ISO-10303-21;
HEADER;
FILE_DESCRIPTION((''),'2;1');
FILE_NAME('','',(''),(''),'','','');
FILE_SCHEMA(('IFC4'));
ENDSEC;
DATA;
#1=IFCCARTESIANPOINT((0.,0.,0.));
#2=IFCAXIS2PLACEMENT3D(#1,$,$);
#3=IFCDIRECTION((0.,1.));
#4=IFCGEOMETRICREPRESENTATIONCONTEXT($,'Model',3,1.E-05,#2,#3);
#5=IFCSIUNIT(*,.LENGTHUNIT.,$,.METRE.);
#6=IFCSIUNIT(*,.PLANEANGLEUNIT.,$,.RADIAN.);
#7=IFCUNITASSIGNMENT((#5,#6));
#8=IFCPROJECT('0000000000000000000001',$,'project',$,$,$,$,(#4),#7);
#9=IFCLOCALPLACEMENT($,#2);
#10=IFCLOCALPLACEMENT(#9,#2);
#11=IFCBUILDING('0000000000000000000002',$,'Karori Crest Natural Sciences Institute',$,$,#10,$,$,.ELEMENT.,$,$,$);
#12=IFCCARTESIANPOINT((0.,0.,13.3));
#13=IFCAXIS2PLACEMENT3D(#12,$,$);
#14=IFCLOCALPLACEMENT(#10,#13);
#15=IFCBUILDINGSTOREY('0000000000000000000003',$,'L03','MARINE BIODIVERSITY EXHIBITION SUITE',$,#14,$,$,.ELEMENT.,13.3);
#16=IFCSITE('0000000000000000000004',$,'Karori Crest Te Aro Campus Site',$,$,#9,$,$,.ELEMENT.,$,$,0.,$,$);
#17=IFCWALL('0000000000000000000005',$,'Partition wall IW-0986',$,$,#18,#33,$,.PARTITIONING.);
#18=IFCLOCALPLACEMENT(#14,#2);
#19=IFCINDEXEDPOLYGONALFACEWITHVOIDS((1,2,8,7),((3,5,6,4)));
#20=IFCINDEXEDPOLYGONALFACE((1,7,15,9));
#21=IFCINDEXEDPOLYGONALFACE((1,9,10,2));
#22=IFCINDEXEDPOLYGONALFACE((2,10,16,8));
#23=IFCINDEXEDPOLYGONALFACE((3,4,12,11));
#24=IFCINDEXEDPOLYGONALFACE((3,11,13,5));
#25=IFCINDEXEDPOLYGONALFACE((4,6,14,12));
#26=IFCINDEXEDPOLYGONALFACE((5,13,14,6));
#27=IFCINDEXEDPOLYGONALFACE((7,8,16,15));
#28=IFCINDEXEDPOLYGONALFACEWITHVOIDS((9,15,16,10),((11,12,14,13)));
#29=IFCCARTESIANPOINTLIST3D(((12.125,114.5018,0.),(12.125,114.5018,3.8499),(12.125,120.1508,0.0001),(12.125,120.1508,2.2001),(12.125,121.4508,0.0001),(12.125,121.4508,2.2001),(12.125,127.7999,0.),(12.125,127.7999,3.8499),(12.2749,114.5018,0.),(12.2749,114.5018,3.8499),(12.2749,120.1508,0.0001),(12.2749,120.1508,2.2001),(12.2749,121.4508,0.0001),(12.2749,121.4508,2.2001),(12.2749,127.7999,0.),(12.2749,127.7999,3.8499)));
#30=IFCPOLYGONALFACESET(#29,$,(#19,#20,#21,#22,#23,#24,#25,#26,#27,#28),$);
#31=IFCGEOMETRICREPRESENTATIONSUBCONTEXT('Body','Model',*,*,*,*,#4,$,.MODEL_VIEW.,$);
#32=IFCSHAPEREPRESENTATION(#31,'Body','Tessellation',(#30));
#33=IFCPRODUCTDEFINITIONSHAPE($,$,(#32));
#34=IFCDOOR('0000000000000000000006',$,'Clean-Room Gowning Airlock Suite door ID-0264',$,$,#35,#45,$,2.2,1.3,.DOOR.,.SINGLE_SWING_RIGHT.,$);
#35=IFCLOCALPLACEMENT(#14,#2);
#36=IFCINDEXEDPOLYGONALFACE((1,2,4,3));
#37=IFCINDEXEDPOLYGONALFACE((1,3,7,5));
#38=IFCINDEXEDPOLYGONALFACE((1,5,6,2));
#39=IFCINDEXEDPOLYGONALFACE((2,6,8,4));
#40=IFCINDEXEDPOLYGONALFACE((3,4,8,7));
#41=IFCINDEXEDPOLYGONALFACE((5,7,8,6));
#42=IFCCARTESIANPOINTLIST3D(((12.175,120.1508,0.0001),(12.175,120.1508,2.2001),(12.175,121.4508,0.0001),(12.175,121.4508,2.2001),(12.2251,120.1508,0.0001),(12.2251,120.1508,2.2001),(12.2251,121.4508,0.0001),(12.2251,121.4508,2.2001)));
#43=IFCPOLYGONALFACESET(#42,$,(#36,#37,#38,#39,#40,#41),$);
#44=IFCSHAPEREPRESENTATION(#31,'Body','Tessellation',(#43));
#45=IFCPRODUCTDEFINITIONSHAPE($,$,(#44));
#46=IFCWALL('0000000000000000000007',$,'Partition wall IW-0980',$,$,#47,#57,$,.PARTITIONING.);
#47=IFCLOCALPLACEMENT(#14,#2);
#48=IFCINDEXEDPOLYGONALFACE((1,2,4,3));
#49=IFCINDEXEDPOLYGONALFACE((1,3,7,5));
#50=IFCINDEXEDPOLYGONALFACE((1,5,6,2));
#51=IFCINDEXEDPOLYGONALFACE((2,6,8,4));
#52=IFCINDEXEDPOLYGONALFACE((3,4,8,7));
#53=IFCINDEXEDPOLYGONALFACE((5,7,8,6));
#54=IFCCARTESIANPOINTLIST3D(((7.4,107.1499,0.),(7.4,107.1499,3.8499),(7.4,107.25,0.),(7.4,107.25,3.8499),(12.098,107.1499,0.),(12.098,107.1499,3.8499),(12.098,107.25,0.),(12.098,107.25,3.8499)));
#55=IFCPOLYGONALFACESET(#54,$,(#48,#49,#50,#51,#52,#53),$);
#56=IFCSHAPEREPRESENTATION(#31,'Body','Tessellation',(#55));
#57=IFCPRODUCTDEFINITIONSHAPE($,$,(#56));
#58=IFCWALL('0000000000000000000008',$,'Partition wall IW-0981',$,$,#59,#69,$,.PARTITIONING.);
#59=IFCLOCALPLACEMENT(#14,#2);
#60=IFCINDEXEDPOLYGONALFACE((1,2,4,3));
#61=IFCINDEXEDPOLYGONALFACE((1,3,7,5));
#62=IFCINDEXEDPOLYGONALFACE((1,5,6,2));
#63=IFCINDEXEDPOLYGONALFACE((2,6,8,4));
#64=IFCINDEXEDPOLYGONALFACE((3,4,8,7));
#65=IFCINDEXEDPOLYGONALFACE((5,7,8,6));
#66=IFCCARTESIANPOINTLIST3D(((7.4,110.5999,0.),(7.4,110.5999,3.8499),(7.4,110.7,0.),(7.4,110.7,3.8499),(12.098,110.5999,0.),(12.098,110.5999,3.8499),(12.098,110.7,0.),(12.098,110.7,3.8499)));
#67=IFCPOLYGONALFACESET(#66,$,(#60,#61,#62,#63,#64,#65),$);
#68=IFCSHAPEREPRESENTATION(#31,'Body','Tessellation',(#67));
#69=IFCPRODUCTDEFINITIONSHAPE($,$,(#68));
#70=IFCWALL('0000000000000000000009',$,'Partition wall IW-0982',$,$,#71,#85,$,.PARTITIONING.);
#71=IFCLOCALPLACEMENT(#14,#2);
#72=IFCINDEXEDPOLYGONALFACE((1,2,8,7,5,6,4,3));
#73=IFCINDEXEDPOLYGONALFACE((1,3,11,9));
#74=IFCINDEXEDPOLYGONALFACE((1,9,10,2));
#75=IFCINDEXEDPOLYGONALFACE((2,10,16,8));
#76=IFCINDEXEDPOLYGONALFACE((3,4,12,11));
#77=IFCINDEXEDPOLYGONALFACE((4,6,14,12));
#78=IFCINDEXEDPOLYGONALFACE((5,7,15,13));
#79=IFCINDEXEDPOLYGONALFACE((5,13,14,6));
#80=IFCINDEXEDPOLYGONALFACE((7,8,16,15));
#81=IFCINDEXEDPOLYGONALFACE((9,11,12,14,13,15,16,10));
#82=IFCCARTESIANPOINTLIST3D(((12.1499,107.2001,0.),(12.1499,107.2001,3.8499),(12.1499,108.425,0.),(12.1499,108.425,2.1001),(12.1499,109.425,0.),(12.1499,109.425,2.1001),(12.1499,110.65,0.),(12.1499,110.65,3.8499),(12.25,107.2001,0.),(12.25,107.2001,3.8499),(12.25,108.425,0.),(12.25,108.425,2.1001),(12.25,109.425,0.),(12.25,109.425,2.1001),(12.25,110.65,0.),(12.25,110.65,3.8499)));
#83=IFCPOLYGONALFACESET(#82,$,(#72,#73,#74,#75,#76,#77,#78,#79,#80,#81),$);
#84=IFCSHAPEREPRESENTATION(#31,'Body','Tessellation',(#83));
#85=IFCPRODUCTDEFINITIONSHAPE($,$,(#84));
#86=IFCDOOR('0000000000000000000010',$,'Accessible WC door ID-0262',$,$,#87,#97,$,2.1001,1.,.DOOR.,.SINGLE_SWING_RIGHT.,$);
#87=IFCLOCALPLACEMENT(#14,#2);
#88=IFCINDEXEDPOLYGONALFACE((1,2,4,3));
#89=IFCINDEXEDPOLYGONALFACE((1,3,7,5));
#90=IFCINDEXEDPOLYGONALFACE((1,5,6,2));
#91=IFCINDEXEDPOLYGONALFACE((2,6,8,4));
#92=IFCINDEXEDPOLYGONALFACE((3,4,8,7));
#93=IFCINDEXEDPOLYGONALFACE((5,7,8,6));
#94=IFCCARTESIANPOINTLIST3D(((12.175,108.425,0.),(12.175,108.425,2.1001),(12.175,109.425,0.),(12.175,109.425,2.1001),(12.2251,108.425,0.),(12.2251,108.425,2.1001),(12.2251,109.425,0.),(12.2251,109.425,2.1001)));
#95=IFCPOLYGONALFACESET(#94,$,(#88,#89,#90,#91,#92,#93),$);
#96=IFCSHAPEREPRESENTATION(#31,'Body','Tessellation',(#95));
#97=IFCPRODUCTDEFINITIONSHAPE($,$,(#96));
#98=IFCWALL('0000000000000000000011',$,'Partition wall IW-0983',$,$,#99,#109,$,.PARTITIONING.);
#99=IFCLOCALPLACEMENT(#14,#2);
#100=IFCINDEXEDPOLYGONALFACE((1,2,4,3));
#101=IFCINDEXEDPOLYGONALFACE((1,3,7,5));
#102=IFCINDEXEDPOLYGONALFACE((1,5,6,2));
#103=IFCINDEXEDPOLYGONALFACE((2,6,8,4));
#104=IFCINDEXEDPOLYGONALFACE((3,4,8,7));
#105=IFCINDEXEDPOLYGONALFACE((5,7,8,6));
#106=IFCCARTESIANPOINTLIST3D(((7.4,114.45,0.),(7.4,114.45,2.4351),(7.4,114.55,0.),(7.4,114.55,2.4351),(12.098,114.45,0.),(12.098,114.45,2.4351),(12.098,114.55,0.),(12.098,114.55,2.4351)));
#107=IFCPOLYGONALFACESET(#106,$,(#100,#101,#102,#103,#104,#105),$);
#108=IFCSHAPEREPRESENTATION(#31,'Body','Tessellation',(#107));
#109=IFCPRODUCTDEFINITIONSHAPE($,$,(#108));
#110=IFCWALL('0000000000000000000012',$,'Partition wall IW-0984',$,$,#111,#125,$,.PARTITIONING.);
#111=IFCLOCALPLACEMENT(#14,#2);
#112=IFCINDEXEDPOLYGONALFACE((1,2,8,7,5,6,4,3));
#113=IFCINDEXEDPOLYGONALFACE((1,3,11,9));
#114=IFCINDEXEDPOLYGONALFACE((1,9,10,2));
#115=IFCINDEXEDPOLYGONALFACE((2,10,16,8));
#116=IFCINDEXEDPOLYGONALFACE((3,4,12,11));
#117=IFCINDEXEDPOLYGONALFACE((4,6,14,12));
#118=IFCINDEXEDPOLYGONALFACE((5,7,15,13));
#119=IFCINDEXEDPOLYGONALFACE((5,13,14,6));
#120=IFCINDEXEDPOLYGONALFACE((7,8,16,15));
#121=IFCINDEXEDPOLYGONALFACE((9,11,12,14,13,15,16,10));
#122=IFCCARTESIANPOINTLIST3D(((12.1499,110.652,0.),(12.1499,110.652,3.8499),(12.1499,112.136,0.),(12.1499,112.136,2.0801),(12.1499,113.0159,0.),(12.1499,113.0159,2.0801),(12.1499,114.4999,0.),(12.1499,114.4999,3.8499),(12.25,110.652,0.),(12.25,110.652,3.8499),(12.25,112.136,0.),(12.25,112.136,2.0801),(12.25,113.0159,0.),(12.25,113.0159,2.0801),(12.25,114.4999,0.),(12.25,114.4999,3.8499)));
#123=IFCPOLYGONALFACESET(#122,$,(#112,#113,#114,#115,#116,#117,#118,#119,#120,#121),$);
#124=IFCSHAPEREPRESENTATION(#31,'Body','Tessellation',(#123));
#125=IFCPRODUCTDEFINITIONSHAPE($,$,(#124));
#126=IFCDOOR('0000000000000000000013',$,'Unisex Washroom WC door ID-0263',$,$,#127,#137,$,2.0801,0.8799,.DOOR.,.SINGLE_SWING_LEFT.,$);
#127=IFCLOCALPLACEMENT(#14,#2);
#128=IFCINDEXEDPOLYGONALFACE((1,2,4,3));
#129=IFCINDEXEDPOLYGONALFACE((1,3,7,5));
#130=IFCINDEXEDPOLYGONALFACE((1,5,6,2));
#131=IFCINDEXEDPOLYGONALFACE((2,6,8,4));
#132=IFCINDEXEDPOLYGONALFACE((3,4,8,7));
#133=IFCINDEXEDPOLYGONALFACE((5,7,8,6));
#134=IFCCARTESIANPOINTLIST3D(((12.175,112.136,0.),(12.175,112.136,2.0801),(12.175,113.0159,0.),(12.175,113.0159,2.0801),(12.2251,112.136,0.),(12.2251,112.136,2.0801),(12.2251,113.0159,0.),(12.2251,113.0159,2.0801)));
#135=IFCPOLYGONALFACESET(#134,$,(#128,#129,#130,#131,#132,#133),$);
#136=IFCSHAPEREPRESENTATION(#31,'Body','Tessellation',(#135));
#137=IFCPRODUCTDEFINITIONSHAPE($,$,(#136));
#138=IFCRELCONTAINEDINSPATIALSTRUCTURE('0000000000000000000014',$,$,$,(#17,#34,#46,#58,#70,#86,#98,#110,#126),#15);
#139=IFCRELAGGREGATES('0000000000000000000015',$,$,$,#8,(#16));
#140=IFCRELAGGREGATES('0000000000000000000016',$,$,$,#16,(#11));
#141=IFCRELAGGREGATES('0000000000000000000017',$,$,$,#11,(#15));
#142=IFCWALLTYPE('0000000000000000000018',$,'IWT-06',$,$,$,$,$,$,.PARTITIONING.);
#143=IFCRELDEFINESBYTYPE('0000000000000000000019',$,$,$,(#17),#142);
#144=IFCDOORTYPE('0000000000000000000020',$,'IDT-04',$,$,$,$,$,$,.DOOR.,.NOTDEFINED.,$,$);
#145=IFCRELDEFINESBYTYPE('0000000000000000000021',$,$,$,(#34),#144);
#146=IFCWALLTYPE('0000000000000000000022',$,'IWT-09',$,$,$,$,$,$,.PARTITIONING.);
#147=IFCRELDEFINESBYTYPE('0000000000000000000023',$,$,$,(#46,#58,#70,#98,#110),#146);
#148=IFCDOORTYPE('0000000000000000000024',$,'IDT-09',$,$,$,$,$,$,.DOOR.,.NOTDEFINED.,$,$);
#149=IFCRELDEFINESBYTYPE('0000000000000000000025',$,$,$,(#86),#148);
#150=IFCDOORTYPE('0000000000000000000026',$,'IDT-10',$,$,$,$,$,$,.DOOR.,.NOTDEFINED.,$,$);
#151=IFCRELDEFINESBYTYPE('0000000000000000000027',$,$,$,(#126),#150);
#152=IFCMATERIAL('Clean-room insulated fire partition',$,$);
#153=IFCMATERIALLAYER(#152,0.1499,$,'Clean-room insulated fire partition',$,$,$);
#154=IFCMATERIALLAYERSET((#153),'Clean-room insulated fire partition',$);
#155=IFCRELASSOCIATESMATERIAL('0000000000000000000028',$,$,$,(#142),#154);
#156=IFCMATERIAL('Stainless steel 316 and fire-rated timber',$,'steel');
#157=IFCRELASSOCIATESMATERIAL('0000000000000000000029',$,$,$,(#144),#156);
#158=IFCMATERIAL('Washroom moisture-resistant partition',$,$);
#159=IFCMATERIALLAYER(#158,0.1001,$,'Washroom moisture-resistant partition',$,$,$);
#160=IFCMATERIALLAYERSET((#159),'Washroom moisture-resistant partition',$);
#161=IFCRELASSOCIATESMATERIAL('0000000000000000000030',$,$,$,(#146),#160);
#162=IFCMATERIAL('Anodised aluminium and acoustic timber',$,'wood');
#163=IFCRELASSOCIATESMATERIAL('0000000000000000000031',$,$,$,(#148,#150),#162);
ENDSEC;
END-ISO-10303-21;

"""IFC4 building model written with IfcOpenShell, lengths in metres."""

from ifc_helpers import new_model, si_unit, direction, frame, frame_2d, origin, place, context, subcontext, project, spatial, rectangle, extrude, material, layer, layer_set, type_object, element, fill, save


model = new_model("IFC4")

# Units and contexts
model_context = context("Model", 3, precision=1e-05, world=origin(), true_north=direction((0.0, 1.0)))
body_context = subcontext(model_context, "Body", "Model", "MODEL_VIEW")
ifc_project = project(units=[si_unit("LENGTHUNIT", "METRE"), si_unit("PLANEANGLEUNIT", "RADIAN")], contexts=[model_context])

# Site, building, storey
site_placement = place(None, origin())
site = spatial("IfcSite", under=ifc_project, at=site_placement, Name="Karori Crest Te Aro Campus Site", CompositionType="ELEMENT", RefElevation=0.0)
building_placement = place(site_placement, origin())
building = spatial("IfcBuilding", under=site, at=building_placement, Name="Karori Crest Natural Sciences Institute", CompositionType="ELEMENT")
storey_placement = place(building_placement, frame((0.0, 0.0, 13.3)))
storey = spatial("IfcBuildingStorey", under=building, at=storey_placement, Name="L03", Description="MARINE BIODIVERSITY EXHIBITION SUITE", CompositionType="ELEMENT", Elevation=13.3)

# Wall, opening, door
ifc_material_1 = material(Name="Stainless steel 316 and fire-rated timber", Category="steel")
ifc_material_2 = material(Name="Clean-room insulated fire partition")
ifc_layer_1 = layer(ifc_material_2, 0.1499, Name="Clean-room insulated fire partition")
ifc_layer_set_1 = layer_set([ifc_layer_1], Name="Clean-room insulated fire partition")
wall_type_1 = type_object("IfcWallType", Name="IWT-06", PredefinedType="PARTITIONING", material=ifc_layer_set_1)
wall_1_placement = place(storey_placement, frame((12.2, 114.502, 0.0), z_axis=(0.0, 0.0, 1.0), x_axis=(0.0, 1.0, 0.0)))
wall_1 = element("IfcWall", 1, at=wall_1_placement, inside=storey, type_object=wall_type_1, Name="Partition wall IW-0986", PredefinedType="PARTITIONING", context=body_context, shape_type="SweptSolid", body=[
    extrude(rectangle(XDim=13.2981, YDim=0.1499, at=frame_2d((6.6489, 0.0))), origin(), (0.0, 0.0, 1.0), 3.8499),
])
opening_1_placement = place(wall_1_placement, frame((5.6489, 0.0, 0.0)))
opening_1 = element("IfcOpeningElement", 2, at=opening_1_placement, cuts=wall_1, PredefinedType="OPENING", context=body_context, shape_type="SweptSolid", body=[
    extrude(rectangle(XDim=1.3, YDim=2.2, at=frame_2d((0.6499, 1.1001))), frame((0.0, 0.085, 0.0), z_axis=(0.0, -1.0, 0.0), x_axis=(1.0, 0.0, 0.0)), (0.0, 0.0, 1.0), 0.1699),
])
door_type_1 = type_object("IfcDoorType", Name="IDT-04", OperationType="NOTDEFINED", PredefinedType="DOOR", material=ifc_material_1)
door_1_placement = place(opening_1_placement, origin())
door_1 = element("IfcDoor", 3, at=door_1_placement, inside=storey, type_object=door_type_1, Name="Clean-Room Gowning Airlock Suite door ID-0264", OperationType="SINGLE_SWING_RIGHT", OverallHeight=2.2, OverallWidth=1.3, PredefinedType="DOOR", context=body_context, shape_type="SweptSolid", body=[
    extrude(rectangle(XDim=1.3, YDim=2.2, at=frame_2d((0.6499, 1.1001))), frame((0.0, 0.0249, 0.0), z_axis=(0.0, -1.0, 0.0), x_axis=(1.0, 0.0, 0.0)), (0.0, 0.0, 1.0), 0.05),
])
fill(opening_1, door_1)

# Walls
ifc_material_3 = material(Name="Washroom moisture-resistant partition")
ifc_layer_2 = layer(ifc_material_3, 0.1001, Name="Washroom moisture-resistant partition")
ifc_layer_set_2 = layer_set([ifc_layer_2], Name="Washroom moisture-resistant partition")
wall_type_2 = type_object("IfcWallType", Name="IWT-09", PredefinedType="PARTITIONING", material=ifc_layer_set_2)
for number, where, z_axis, x_axis, name in (
    (4, (7.3999, 107.2, 0.0), (0.0, 0.0, 1.0), (1.0, 0.0, 0.0), "Partition wall IW-0980"),
    (5, (7.3999, 110.6499, 0.0), (0.0, 0.0, 1.0), (1.0, 0.0, 0.0), "Partition wall IW-0981"),
):
    element("IfcWall", number, at=place(storey_placement, frame(where, z_axis=z_axis, x_axis=x_axis)), inside=storey, type_object=wall_type_2, Name=name, PredefinedType="PARTITIONING", context=body_context, shape_type="SweptSolid", body=[
        extrude(rectangle(XDim=4.698, YDim=0.1001, at=frame_2d((2.3491, 0.0))), origin(), (0.0, 0.0, 1.0), 3.8499),
    ])

# Wall, opening, door
wall_2_placement = place(storey_placement, frame((12.2, 107.2, 0.0), z_axis=(0.0, 0.0, 1.0), x_axis=(0.0, 1.0, 0.0)))
wall_2 = element("IfcWall", 6, at=wall_2_placement, inside=storey, type_object=wall_type_2, Name="Partition wall IW-0982", PredefinedType="PARTITIONING", context=body_context, shape_type="SweptSolid", body=[
    extrude(rectangle(XDim=3.45, YDim=0.1001, at=frame_2d((1.7251, 0.0))), origin(), (0.0, 0.0, 1.0), 3.8499),
])
opening_2_placement = place(wall_2_placement, frame((1.2251, 0.0, 0.0)))
opening_2 = element("IfcOpeningElement", 7, at=opening_2_placement, cuts=wall_2, PredefinedType="OPENING", context=body_context, shape_type="SweptSolid", body=[
    extrude(rectangle(XDim=1.0, YDim=2.1001, at=frame_2d((0.5, 1.05))), frame((0.0, 0.0601, 0.0), z_axis=(0.0, -1.0, 0.0), x_axis=(1.0, 0.0, 0.0)), (0.0, 0.0, 1.0), 0.1201),
])
ifc_material_4 = material(Name="Anodised aluminium and acoustic timber", Category="wood")
door_type_2 = type_object("IfcDoorType", Name="IDT-09", OperationType="NOTDEFINED", PredefinedType="DOOR", material=ifc_material_4)
door_2_placement = place(opening_2_placement, origin())
door_2 = element("IfcDoor", 8, at=door_2_placement, inside=storey, type_object=door_type_2, Name="Accessible WC door ID-0262", OperationType="SINGLE_SWING_RIGHT", OverallHeight=2.1001, OverallWidth=1.0, PredefinedType="DOOR", context=body_context, shape_type="SweptSolid", body=[
    extrude(rectangle(XDim=1.0, YDim=2.1001, at=frame_2d((0.5, 1.05))), frame((0.0, 0.0249, 0.0), z_axis=(0.0, -1.0, 0.0), x_axis=(1.0, 0.0, 0.0)), (0.0, 0.0, 1.0), 0.05),
])
fill(opening_2, door_2)

# Wall
wall_3_placement = place(storey_placement, frame((7.3999, 114.5, 0.0), z_axis=(0.0, 0.0, 1.0), x_axis=(1.0, 0.0, 0.0)))
element("IfcWall", 9, at=wall_3_placement, inside=storey, type_object=wall_type_2, Name="Partition wall IW-0983", PredefinedType="PARTITIONING", context=body_context, shape_type="SweptSolid", body=[
    extrude(rectangle(XDim=4.698, YDim=0.1001, at=frame_2d((2.3491, 0.0))), origin(), (0.0, 0.0, 1.0), 2.4351),
])

# Wall, opening, door
wall_4_placement = place(storey_placement, frame((12.2, 110.6521, 0.0), z_axis=(0.0, 0.0, 1.0), x_axis=(0.0, 1.0, 0.0)))
wall_4 = element("IfcWall", 10, at=wall_4_placement, inside=storey, type_object=wall_type_2, Name="Partition wall IW-0984", PredefinedType="PARTITIONING", context=body_context, shape_type="SweptSolid", body=[
    extrude(rectangle(XDim=3.8479, YDim=0.1001, at=frame_2d((1.9238, 0.0))), origin(), (0.0, 0.0, 1.0), 3.8499),
])
opening_3_placement = place(wall_4_placement, frame((1.4839, 0.0, 0.0)))
opening_3 = element("IfcOpeningElement", 11, at=opening_3_placement, cuts=wall_4, PredefinedType="OPENING", context=body_context, shape_type="SweptSolid", body=[
    extrude(rectangle(XDim=0.8799, YDim=2.0801, at=frame_2d((0.4399, 1.04))), frame((0.0, 0.0601, 0.0), z_axis=(0.0, -1.0, 0.0), x_axis=(1.0, 0.0, 0.0)), (0.0, 0.0, 1.0), 0.1201),
])
door_type_3 = type_object("IfcDoorType", Name="IDT-10", OperationType="NOTDEFINED", PredefinedType="DOOR", material=ifc_material_4)
door_3_placement = place(opening_3_placement, origin())
door_3 = element("IfcDoor", 12, at=door_3_placement, inside=storey, type_object=door_type_3, Name="Unisex Washroom WC door ID-0263", OperationType="SINGLE_SWING_LEFT", OverallHeight=2.0801, OverallWidth=0.8799, PredefinedType="DOOR", context=body_context, shape_type="SweptSolid", body=[
    extrude(rectangle(XDim=0.8799, YDim=2.0801, at=frame_2d((0.4399, 1.04))), frame((0.0, 0.0249, 0.0), z_axis=(0.0, -1.0, 0.0), x_axis=(1.0, 0.0, 0.0)), (0.0, 0.0, 1.0), 0.05),
])
fill(opening_3, door_3)

save(model, "model.ifc")
